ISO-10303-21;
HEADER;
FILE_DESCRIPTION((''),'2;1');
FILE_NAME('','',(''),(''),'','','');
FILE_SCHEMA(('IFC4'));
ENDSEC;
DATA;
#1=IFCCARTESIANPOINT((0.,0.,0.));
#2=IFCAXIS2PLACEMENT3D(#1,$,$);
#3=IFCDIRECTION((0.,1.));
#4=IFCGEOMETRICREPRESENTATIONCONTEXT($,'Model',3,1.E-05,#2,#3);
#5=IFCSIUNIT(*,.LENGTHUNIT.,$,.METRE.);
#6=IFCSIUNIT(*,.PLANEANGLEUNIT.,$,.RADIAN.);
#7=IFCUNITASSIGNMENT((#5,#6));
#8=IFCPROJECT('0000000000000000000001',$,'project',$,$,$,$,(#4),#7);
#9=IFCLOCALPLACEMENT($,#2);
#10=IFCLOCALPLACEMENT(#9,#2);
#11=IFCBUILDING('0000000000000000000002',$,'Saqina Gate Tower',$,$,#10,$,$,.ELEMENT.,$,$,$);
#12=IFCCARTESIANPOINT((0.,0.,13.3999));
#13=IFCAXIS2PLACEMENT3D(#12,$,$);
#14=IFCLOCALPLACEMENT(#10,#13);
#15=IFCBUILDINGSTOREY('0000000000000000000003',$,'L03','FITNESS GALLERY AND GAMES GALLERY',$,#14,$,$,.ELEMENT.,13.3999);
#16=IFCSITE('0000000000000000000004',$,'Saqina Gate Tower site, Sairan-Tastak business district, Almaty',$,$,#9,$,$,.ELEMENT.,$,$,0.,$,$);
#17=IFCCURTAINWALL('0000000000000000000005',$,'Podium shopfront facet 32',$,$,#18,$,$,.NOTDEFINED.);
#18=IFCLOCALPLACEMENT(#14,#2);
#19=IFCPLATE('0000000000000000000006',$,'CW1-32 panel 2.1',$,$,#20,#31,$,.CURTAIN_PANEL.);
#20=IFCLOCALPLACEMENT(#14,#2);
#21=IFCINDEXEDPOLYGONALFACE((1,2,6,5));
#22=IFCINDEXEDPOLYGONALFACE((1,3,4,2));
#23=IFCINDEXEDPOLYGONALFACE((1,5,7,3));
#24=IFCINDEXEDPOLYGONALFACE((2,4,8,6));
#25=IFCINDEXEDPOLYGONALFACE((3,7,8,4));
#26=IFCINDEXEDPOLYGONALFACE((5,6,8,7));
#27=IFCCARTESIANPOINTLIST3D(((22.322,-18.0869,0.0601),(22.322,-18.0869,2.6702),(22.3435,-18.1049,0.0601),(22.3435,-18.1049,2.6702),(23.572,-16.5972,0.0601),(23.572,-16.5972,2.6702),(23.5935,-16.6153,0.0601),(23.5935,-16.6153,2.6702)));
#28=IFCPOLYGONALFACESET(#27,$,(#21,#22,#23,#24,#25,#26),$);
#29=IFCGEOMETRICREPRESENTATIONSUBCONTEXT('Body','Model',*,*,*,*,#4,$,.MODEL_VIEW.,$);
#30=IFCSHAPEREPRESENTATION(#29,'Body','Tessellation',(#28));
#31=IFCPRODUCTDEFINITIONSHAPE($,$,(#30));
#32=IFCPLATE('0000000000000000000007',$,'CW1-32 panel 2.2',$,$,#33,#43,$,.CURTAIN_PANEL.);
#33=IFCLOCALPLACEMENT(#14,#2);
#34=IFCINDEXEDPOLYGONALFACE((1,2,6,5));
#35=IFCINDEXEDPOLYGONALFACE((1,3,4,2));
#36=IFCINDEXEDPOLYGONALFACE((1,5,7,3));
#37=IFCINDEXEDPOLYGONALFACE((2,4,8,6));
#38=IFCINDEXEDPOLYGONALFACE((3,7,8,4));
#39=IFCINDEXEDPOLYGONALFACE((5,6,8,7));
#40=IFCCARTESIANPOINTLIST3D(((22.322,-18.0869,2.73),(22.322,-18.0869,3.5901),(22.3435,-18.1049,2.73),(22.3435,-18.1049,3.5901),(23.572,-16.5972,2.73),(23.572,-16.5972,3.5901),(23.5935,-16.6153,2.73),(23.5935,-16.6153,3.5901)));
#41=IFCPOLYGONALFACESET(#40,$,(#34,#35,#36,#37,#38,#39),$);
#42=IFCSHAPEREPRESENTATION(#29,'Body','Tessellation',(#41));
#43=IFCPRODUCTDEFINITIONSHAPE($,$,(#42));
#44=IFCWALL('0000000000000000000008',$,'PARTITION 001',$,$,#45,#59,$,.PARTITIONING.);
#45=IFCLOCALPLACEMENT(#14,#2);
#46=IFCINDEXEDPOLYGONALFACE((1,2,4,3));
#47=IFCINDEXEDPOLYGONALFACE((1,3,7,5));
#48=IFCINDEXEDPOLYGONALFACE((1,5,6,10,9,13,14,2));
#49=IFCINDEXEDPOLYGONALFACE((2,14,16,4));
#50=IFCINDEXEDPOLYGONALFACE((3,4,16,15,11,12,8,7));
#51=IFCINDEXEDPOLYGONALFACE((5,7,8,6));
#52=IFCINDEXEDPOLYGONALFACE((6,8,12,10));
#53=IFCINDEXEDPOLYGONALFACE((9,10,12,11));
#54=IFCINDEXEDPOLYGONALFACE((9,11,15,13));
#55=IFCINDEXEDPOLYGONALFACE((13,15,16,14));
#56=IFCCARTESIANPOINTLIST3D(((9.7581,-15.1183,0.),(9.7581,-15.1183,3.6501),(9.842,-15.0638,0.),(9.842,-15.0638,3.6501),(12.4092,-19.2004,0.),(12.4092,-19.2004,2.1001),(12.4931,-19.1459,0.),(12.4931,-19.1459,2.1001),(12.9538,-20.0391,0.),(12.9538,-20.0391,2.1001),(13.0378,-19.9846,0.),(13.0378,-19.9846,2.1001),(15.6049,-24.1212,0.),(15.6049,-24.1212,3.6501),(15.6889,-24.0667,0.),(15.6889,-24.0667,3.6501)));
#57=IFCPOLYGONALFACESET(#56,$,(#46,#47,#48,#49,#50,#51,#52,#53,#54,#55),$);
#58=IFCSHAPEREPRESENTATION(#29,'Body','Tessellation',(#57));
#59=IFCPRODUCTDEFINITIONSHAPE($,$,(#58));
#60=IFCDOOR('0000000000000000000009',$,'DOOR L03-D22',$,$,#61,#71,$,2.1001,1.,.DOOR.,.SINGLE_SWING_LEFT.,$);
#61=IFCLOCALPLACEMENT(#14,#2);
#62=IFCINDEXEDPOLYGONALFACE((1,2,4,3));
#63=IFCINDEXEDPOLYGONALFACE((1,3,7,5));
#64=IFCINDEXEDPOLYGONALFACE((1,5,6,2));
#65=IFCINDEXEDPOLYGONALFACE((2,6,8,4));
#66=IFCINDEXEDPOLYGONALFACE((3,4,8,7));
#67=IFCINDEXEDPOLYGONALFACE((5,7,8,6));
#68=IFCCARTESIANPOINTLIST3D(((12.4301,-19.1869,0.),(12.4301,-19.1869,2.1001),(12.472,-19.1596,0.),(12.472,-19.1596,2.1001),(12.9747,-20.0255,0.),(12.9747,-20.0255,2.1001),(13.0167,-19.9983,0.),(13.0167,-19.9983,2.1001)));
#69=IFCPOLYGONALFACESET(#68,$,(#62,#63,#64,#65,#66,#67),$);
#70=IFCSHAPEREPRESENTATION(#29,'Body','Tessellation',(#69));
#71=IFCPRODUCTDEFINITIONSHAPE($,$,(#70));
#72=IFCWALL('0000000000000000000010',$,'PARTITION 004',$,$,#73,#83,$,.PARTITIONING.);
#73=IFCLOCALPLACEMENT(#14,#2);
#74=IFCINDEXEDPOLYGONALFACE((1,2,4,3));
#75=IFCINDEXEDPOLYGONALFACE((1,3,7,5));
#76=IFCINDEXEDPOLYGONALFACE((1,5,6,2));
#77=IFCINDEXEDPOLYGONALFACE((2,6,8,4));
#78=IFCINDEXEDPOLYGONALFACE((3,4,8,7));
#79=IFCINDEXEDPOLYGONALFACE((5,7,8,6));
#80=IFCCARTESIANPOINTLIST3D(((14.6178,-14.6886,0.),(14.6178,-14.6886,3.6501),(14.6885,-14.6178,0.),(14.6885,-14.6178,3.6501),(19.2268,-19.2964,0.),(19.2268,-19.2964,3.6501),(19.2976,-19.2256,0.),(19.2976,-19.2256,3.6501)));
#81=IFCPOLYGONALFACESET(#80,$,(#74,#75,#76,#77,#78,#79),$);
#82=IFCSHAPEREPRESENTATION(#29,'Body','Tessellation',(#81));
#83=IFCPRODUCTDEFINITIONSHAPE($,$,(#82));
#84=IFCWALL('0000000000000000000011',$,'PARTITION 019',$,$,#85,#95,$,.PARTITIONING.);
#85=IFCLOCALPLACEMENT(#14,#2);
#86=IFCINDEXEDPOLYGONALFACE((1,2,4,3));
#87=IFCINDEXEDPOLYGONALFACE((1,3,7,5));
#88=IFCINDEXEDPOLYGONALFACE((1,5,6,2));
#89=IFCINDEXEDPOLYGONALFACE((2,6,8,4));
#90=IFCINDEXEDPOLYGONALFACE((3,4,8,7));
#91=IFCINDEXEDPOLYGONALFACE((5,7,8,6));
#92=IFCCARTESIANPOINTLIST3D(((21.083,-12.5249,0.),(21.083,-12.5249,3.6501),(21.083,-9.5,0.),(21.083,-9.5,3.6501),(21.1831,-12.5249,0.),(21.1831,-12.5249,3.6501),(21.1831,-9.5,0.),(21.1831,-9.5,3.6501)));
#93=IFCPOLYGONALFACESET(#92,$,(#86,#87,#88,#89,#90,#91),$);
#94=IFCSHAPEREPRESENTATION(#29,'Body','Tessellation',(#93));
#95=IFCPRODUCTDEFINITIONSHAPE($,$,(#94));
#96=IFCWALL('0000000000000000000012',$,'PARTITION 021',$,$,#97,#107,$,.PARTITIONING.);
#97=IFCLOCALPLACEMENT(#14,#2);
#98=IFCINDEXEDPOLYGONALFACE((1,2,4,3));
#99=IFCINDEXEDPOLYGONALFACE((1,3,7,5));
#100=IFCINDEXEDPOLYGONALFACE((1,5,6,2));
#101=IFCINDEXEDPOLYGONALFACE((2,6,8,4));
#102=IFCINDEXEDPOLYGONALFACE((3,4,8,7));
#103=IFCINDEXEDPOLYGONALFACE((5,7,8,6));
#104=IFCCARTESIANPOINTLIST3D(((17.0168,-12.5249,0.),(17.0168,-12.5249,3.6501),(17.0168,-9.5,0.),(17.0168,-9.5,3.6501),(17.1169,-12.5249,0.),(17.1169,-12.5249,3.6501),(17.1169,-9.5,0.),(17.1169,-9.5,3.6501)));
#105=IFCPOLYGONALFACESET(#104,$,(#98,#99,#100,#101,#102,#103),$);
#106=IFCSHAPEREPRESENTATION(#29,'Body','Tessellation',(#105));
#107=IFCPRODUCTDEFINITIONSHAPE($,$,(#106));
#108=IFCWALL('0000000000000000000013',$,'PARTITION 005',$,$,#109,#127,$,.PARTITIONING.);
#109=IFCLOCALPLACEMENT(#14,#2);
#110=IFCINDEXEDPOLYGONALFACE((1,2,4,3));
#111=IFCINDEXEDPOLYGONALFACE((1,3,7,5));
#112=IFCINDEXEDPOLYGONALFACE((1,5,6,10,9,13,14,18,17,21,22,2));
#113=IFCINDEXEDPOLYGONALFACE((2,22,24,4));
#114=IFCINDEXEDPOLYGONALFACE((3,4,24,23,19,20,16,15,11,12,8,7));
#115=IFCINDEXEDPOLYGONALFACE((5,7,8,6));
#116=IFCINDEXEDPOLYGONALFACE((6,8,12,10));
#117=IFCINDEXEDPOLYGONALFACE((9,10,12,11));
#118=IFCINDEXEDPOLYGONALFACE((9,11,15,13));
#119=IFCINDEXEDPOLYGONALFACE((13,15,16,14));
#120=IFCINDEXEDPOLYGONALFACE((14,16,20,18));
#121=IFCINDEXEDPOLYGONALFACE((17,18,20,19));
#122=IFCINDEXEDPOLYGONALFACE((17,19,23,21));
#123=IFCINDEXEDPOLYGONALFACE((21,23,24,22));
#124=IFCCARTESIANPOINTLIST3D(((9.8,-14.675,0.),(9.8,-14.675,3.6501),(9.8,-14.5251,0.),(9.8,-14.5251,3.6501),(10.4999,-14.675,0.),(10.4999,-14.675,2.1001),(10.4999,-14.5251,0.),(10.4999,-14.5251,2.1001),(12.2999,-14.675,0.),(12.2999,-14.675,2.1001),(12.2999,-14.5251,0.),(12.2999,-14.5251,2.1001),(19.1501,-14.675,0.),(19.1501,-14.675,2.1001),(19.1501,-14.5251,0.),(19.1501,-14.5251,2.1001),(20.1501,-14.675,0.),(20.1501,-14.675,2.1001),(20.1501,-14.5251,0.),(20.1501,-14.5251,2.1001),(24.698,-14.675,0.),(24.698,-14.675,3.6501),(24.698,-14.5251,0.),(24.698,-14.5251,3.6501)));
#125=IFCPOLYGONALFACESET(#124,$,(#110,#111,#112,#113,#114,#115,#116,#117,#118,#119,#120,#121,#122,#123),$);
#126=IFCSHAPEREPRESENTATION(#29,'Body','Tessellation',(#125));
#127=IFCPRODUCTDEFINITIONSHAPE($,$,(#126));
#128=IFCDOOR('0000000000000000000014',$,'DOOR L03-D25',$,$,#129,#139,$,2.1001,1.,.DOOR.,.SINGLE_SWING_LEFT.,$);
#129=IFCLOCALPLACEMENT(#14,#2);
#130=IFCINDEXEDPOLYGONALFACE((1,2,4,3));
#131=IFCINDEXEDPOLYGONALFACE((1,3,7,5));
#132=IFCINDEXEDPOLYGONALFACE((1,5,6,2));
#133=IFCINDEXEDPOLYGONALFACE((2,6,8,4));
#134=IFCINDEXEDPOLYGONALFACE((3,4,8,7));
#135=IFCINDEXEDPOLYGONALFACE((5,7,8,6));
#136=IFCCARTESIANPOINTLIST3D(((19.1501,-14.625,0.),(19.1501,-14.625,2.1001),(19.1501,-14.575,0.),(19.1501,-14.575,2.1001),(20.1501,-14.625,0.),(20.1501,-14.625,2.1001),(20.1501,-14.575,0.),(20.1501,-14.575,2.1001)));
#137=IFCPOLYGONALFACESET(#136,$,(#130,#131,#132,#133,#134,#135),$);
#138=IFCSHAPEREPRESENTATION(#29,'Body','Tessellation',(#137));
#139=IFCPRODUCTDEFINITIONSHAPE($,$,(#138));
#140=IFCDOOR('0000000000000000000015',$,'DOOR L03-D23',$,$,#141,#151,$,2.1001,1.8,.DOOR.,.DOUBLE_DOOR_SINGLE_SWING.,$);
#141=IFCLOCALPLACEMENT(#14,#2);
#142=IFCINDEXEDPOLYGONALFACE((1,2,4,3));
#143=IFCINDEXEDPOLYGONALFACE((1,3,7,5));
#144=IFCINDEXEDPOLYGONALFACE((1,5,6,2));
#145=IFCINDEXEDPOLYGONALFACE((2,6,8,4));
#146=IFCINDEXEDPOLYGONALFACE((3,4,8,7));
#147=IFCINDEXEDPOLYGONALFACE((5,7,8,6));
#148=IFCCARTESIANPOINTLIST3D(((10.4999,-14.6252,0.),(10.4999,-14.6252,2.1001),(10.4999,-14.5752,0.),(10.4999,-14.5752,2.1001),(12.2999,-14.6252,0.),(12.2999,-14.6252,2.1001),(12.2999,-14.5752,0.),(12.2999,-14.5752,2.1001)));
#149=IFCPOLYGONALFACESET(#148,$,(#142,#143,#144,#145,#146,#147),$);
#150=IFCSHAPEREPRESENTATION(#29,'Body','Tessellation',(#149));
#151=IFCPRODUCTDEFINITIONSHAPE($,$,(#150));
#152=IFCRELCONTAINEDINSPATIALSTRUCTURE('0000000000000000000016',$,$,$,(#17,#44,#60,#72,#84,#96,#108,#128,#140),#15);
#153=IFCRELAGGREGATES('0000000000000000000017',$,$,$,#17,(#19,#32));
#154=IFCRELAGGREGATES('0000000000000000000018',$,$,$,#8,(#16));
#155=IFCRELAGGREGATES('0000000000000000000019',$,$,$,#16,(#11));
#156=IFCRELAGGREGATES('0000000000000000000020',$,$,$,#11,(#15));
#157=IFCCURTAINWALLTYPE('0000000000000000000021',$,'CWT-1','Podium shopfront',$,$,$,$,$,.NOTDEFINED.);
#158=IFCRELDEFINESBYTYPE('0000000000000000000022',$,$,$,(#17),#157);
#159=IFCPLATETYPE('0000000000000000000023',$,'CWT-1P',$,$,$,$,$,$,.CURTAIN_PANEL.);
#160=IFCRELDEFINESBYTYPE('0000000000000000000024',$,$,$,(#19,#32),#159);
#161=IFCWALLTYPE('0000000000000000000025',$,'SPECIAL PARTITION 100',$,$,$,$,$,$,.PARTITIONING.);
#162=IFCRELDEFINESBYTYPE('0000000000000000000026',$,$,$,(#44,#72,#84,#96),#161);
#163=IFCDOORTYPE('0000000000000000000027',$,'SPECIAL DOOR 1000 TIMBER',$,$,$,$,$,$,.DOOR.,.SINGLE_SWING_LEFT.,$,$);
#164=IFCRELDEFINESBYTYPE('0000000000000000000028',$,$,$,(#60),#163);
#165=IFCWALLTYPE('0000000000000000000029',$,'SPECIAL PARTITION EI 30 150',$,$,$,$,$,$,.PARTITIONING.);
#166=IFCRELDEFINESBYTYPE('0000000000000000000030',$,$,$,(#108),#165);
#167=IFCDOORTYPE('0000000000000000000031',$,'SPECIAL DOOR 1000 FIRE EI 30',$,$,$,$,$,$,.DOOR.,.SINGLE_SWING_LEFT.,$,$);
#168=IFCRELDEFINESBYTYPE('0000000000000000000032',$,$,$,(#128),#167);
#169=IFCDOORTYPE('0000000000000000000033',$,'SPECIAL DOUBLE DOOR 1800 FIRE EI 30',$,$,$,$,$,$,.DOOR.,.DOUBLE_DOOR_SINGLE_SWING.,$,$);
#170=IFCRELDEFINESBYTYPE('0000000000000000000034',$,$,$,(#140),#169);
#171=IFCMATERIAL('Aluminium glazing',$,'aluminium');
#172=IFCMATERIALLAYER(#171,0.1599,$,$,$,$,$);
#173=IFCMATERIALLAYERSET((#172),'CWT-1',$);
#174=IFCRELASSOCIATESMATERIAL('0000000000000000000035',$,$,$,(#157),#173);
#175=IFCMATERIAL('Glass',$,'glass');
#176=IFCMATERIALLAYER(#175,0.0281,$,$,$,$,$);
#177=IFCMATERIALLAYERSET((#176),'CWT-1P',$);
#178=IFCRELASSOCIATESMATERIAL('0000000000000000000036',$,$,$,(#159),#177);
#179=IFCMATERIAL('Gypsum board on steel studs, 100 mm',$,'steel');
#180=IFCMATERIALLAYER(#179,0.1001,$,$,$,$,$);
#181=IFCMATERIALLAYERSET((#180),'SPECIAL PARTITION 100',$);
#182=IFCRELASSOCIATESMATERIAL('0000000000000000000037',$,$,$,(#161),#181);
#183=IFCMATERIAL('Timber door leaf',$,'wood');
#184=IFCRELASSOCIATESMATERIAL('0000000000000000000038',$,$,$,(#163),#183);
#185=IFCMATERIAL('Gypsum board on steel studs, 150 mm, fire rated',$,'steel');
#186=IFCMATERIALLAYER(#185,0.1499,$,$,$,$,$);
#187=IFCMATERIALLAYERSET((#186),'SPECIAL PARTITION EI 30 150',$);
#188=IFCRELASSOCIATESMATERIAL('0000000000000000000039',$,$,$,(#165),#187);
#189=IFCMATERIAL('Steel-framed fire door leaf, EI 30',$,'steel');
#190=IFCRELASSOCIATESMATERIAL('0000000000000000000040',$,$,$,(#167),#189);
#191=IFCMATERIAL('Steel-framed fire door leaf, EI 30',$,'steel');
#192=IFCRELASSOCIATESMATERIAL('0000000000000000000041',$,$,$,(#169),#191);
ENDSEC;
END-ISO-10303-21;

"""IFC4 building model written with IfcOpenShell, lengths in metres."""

from ifc_helpers import new_model, si_unit, direction, frame, frame_2d, origin, origin_2d, place, context, subcontext, project, spatial, rectangle, extrude, material, layer, layer_set, type_object, element, fill, aggregate, save


model = new_model("IFC4")

# Units and contexts
model_context = context("Model", 3, precision=1e-05, world=origin(), true_north=direction((0.0, 1.0)))
body_context = subcontext(model_context, "Body", "Model", "MODEL_VIEW")
ifc_project = project(units=[si_unit("LENGTHUNIT", "METRE"), si_unit("PLANEANGLEUNIT", "RADIAN")], contexts=[model_context])

# Site, building, storey
site_placement = place(None, origin())
site = spatial("IfcSite", under=ifc_project, at=site_placement, Name="Saqina Gate Tower site, Sairan-Tastak business district, Almaty", CompositionType="ELEMENT", RefElevation=0.0)
building_placement = place(site_placement, origin())
building = spatial("IfcBuilding", under=site, at=building_placement, Name="Saqina Gate Tower", CompositionType="ELEMENT")
storey_placement = place(building_placement, frame((0.0, 0.0, 13.3999)))
storey = spatial("IfcBuildingStorey", under=building, at=storey_placement, Name="L03", Description="FITNESS GALLERY AND GAMES GALLERY", CompositionType="ELEMENT", Elevation=13.3999)

# Curtain wall, plates
ifc_material_1 = material(Name="Aluminium glazing", Category="aluminium")
ifc_layer_1 = layer(ifc_material_1, 0.1599)
ifc_layer_set_1 = layer_set([ifc_layer_1], Name="CWT-1")
curtain_wall_type = type_object("IfcCurtainWallType", Name="CWT-1", Description="Podium shopfront", PredefinedType="NOTDEFINED", material=ifc_layer_set_1)
curtain_wall_placement = place(storey_placement, origin())
curtain_wall = element("IfcCurtainWall", 1, at=curtain_wall_placement, inside=storey, type_object=curtain_wall_type, Name="Podium shopfront facet 32", PredefinedType="NOTDEFINED")
ifc_material_2 = material(Name="Glass", Category="glass")
ifc_layer_2 = layer(ifc_material_2, 0.0281)
ifc_layer_set_2 = layer_set([ifc_layer_2], Name="CWT-1P")
plate_type = type_object("IfcPlateType", Name="CWT-1P", PredefinedType="CURTAIN_PANEL", material=ifc_layer_set_2)
plate_1_placement = place(storey_placement, frame((22.9578, -17.3511, 0.0601), z_axis=(0.0, 0.0, 1.0), x_axis=(0.642779, 0.766051, 0.0)))
plate_1 = element("IfcPlate", 2, at=plate_1_placement, type_object=plate_type, Name="CW1-32 panel 2.1", PredefinedType="CURTAIN_PANEL", context=body_context, shape_type="SweptSolid", body=[
    extrude(rectangle(XDim=1.9446, YDim=0.0281, at=origin_2d()), origin(), (0.0, 0.0, 1.0), 2.6101),
])
plate_2_placement = place(storey_placement, frame((22.9578, -17.3511, 2.73), z_axis=(0.0, 0.0, 1.0), x_axis=(0.642779, 0.766051, 0.0)))
plate_2 = element("IfcPlate", 3, at=plate_2_placement, type_object=plate_type, Name="CW1-32 panel 2.2", PredefinedType="CURTAIN_PANEL", context=body_context, shape_type="SweptSolid", body=[
    extrude(rectangle(XDim=1.9446, YDim=0.0281, at=origin_2d()), origin(), (0.0, 0.0, 1.0), 0.8601),
])
aggregate(curtain_wall, [plate_1, plate_2])

# Wall, opening, door
ifc_material_3 = material(Name="Gypsum board on steel studs, 100 mm", Category="steel")
ifc_layer_3 = layer(ifc_material_3, 0.1001)
ifc_layer_set_3 = layer_set([ifc_layer_3], Name="SPECIAL PARTITION 100")
wall_type_1 = type_object("IfcWallType", Name="SPECIAL PARTITION 100", PredefinedType="PARTITIONING", material=ifc_layer_set_3)
wall_1_placement = place(storey_placement, frame((9.8, -15.0911, 0.0), z_axis=(0.0, 0.0, 1.0), x_axis=(0.544662, -0.838656, 0.0)))
wall_1 = element("IfcWall", 4, at=wall_1_placement, inside=storey, type_object=wall_type_1, Name="PARTITION 001", PredefinedType="PARTITIONING", context=body_context, shape_type="SweptSolid", body=[
    extrude(rectangle(XDim=10.7349, YDim=0.1001, at=frame_2d((5.3674, 0.0))), origin(), (0.0, 0.0, 1.0), 3.6501),
])
opening_1_placement = place(wall_1_placement, frame((4.8674, 0.0, 0.0)))
opening_1 = element("IfcOpeningElement", 5, at=opening_1_placement, cuts=wall_1, PredefinedType="OPENING", context=body_context, shape_type="SweptSolid", body=[
    extrude(rectangle(XDim=1.0, YDim=2.1001, at=frame_2d((0.5, 1.05))), frame((0.0, 0.062, 0.0), z_axis=(0.0, -1.0, 0.0), x_axis=(1.0, 0.0, 0.0)), (0.0, 0.0, 1.0), 0.124),
])
ifc_material_4 = material(Name="Timber door leaf", Category="wood")
door_type_1 = type_object("IfcDoorType", Name="SPECIAL DOOR 1000 TIMBER", OperationType="SINGLE_SWING_LEFT", PredefinedType="DOOR", material=ifc_material_4)
door_1_placement = place(opening_1_placement, origin())
door_1 = element("IfcDoor", 6, at=door_1_placement, inside=storey, type_object=door_type_1, Name="DOOR L03-D22", OperationType="SINGLE_SWING_LEFT", OverallHeight=2.1001, OverallWidth=1.0, PredefinedType="DOOR", context=body_context, shape_type="SweptSolid", body=[
    extrude(rectangle(XDim=1.0, YDim=2.1001, at=frame_2d((0.5, 1.05))), frame((0.0, 0.0249, 0.0), z_axis=(0.0, -1.0, 0.0), x_axis=(1.0, 0.0, 0.0)), (0.0, 0.0, 1.0), 0.05),
])
fill(opening_1, door_1)

# Walls
wall_2_placement = place(storey_placement, frame((14.6531, -14.6531, 0.0), z_axis=(0.0, 0.0, 1.0), x_axis=(0.7072, -0.707013, 0.0)))
element("IfcWall", 7, at=wall_2_placement, inside=storey, type_object=wall_type_1, Name="PARTITION 004", PredefinedType="PARTITIONING", context=body_context, shape_type="SweptSolid", body=[
    extrude(rectangle(XDim=6.5173, YDim=0.1001, at=frame_2d((3.2588, 0.0))), origin(), (0.0, 0.0, 1.0), 3.6501),
])
for number, where, z_axis, x_axis, name in (
    (8, (21.1331, -12.5249, 0.0), (0.0, 0.0, 1.0), (0.0, 1.0, 0.0), "PARTITION 019"),
    (9, (17.0669, -12.5249, 0.0), (0.0, 0.0, 1.0), (0.0, 1.0, 0.0), "PARTITION 021"),
):
    element("IfcWall", number, at=place(storey_placement, frame(where, z_axis=z_axis, x_axis=x_axis)), inside=storey, type_object=wall_type_1, Name=name, PredefinedType="PARTITIONING", context=body_context, shape_type="SweptSolid", body=[
        extrude(rectangle(XDim=3.0249, YDim=0.1001, at=frame_2d((1.5125, 0.0))), origin(), (0.0, 0.0, 1.0), 3.6501),
    ])

# Wall, openings, doors
ifc_material_5 = material(Name="Gypsum board on steel studs, 150 mm, fire rated", Category="steel")
ifc_layer_4 = layer(ifc_material_5, 0.1499)
ifc_layer_set_4 = layer_set([ifc_layer_4], Name="SPECIAL PARTITION EI 30 150")
wall_type_2 = type_object("IfcWallType", Name="SPECIAL PARTITION EI 30 150", PredefinedType="PARTITIONING", material=ifc_layer_set_4)
wall_3_placement = place(storey_placement, frame((9.8, -14.6001, 0.0), z_axis=(0.0, 0.0, 1.0), x_axis=(1.0, 0.0, 0.0)))
wall_3 = element("IfcWall", 10, at=wall_3_placement, inside=storey, type_object=wall_type_2, Name="PARTITION 005", PredefinedType="PARTITIONING", context=body_context, shape_type="SweptSolid", body=[
    extrude(rectangle(XDim=14.8979, YDim=0.1499, at=frame_2d((7.449, 0.0))), origin(), (0.0, 0.0, 1.0), 3.6501),
])
opening_2_placement = place(wall_3_placement, frame((0.7, 0.0, 0.0)))
opening_2 = element("IfcOpeningElement", 11, at=opening_2_placement, cuts=wall_3, PredefinedType="OPENING", context=body_context, shape_type="SweptSolid", body=[
    extrude(rectangle(XDim=1.8, YDim=2.1001, at=frame_2d((0.8999, 1.05))), frame((0.0, 0.0869, 0.0), z_axis=(0.0, -1.0, 0.0), x_axis=(1.0, 0.0, 0.0)), (0.0, 0.0, 1.0), 0.1738),
])
opening_3_placement = place(wall_3_placement, frame((9.3501, 0.0, 0.0)))
opening_3 = element("IfcOpeningElement", 12, at=opening_3_placement, cuts=wall_3, PredefinedType="OPENING", context=body_context, shape_type="SweptSolid", body=[
    extrude(rectangle(XDim=1.0, YDim=2.1001, at=frame_2d((0.5, 1.05))), frame((0.0, 0.0869, 0.0), z_axis=(0.0, -1.0, 0.0), x_axis=(1.0, 0.0, 0.0)), (0.0, 0.0, 1.0), 0.1738),
])
ifc_material_6 = material(Name="Steel-framed fire door leaf, EI 30", Category="steel")
door_type_2 = type_object("IfcDoorType", Name="SPECIAL DOOR 1000 FIRE EI 30", OperationType="SINGLE_SWING_LEFT", PredefinedType="DOOR", material=ifc_material_6)
door_2_placement = place(opening_3_placement, frame((1.0, 0.0, 0.0), z_axis=(0.0, 0.0, 1.0), x_axis=(-1.0, 0.0, 0.0)))
door_2 = element("IfcDoor", 13, at=door_2_placement, inside=storey, type_object=door_type_2, Name="DOOR L03-D25", OperationType="SINGLE_SWING_LEFT", OverallHeight=2.1001, OverallWidth=1.0, PredefinedType="DOOR", context=body_context, shape_type="SweptSolid", body=[
    extrude(rectangle(XDim=1.0, YDim=2.1001, at=frame_2d((0.5, 1.05))), frame((0.0, 0.0249, 0.0), z_axis=(0.0, -1.0, 0.0), x_axis=(1.0, 0.0, 0.0)), (0.0, 0.0, 1.0), 0.05),
])
fill(opening_3, door_2)
ifc_material_7 = material(Name="Steel-framed fire door leaf, EI 30", Category="steel")
door_type_3 = type_object("IfcDoorType", Name="SPECIAL DOUBLE DOOR 1800 FIRE EI 30", OperationType="DOUBLE_DOOR_SINGLE_SWING", PredefinedType="DOOR", material=ifc_material_7)
door_3_placement = place(opening_2_placement, origin())
door_3 = element("IfcDoor", 14, at=door_3_placement, inside=storey, type_object=door_type_3, Name="DOOR L03-D23", OperationType="DOUBLE_DOOR_SINGLE_SWING", OverallHeight=2.1001, OverallWidth=1.8, PredefinedType="DOOR", context=body_context, shape_type="SweptSolid", body=[
    extrude(rectangle(XDim=1.8, YDim=2.1001, at=frame_2d((0.8999, 1.05))), frame((0.0, 0.0249, 0.0), z_axis=(0.0, -1.0, 0.0), x_axis=(1.0, 0.0, 0.0)), (0.0, 0.0, 1.0), 0.05),
])
fill(opening_2, door_3)

save(model, "model.ifc")
